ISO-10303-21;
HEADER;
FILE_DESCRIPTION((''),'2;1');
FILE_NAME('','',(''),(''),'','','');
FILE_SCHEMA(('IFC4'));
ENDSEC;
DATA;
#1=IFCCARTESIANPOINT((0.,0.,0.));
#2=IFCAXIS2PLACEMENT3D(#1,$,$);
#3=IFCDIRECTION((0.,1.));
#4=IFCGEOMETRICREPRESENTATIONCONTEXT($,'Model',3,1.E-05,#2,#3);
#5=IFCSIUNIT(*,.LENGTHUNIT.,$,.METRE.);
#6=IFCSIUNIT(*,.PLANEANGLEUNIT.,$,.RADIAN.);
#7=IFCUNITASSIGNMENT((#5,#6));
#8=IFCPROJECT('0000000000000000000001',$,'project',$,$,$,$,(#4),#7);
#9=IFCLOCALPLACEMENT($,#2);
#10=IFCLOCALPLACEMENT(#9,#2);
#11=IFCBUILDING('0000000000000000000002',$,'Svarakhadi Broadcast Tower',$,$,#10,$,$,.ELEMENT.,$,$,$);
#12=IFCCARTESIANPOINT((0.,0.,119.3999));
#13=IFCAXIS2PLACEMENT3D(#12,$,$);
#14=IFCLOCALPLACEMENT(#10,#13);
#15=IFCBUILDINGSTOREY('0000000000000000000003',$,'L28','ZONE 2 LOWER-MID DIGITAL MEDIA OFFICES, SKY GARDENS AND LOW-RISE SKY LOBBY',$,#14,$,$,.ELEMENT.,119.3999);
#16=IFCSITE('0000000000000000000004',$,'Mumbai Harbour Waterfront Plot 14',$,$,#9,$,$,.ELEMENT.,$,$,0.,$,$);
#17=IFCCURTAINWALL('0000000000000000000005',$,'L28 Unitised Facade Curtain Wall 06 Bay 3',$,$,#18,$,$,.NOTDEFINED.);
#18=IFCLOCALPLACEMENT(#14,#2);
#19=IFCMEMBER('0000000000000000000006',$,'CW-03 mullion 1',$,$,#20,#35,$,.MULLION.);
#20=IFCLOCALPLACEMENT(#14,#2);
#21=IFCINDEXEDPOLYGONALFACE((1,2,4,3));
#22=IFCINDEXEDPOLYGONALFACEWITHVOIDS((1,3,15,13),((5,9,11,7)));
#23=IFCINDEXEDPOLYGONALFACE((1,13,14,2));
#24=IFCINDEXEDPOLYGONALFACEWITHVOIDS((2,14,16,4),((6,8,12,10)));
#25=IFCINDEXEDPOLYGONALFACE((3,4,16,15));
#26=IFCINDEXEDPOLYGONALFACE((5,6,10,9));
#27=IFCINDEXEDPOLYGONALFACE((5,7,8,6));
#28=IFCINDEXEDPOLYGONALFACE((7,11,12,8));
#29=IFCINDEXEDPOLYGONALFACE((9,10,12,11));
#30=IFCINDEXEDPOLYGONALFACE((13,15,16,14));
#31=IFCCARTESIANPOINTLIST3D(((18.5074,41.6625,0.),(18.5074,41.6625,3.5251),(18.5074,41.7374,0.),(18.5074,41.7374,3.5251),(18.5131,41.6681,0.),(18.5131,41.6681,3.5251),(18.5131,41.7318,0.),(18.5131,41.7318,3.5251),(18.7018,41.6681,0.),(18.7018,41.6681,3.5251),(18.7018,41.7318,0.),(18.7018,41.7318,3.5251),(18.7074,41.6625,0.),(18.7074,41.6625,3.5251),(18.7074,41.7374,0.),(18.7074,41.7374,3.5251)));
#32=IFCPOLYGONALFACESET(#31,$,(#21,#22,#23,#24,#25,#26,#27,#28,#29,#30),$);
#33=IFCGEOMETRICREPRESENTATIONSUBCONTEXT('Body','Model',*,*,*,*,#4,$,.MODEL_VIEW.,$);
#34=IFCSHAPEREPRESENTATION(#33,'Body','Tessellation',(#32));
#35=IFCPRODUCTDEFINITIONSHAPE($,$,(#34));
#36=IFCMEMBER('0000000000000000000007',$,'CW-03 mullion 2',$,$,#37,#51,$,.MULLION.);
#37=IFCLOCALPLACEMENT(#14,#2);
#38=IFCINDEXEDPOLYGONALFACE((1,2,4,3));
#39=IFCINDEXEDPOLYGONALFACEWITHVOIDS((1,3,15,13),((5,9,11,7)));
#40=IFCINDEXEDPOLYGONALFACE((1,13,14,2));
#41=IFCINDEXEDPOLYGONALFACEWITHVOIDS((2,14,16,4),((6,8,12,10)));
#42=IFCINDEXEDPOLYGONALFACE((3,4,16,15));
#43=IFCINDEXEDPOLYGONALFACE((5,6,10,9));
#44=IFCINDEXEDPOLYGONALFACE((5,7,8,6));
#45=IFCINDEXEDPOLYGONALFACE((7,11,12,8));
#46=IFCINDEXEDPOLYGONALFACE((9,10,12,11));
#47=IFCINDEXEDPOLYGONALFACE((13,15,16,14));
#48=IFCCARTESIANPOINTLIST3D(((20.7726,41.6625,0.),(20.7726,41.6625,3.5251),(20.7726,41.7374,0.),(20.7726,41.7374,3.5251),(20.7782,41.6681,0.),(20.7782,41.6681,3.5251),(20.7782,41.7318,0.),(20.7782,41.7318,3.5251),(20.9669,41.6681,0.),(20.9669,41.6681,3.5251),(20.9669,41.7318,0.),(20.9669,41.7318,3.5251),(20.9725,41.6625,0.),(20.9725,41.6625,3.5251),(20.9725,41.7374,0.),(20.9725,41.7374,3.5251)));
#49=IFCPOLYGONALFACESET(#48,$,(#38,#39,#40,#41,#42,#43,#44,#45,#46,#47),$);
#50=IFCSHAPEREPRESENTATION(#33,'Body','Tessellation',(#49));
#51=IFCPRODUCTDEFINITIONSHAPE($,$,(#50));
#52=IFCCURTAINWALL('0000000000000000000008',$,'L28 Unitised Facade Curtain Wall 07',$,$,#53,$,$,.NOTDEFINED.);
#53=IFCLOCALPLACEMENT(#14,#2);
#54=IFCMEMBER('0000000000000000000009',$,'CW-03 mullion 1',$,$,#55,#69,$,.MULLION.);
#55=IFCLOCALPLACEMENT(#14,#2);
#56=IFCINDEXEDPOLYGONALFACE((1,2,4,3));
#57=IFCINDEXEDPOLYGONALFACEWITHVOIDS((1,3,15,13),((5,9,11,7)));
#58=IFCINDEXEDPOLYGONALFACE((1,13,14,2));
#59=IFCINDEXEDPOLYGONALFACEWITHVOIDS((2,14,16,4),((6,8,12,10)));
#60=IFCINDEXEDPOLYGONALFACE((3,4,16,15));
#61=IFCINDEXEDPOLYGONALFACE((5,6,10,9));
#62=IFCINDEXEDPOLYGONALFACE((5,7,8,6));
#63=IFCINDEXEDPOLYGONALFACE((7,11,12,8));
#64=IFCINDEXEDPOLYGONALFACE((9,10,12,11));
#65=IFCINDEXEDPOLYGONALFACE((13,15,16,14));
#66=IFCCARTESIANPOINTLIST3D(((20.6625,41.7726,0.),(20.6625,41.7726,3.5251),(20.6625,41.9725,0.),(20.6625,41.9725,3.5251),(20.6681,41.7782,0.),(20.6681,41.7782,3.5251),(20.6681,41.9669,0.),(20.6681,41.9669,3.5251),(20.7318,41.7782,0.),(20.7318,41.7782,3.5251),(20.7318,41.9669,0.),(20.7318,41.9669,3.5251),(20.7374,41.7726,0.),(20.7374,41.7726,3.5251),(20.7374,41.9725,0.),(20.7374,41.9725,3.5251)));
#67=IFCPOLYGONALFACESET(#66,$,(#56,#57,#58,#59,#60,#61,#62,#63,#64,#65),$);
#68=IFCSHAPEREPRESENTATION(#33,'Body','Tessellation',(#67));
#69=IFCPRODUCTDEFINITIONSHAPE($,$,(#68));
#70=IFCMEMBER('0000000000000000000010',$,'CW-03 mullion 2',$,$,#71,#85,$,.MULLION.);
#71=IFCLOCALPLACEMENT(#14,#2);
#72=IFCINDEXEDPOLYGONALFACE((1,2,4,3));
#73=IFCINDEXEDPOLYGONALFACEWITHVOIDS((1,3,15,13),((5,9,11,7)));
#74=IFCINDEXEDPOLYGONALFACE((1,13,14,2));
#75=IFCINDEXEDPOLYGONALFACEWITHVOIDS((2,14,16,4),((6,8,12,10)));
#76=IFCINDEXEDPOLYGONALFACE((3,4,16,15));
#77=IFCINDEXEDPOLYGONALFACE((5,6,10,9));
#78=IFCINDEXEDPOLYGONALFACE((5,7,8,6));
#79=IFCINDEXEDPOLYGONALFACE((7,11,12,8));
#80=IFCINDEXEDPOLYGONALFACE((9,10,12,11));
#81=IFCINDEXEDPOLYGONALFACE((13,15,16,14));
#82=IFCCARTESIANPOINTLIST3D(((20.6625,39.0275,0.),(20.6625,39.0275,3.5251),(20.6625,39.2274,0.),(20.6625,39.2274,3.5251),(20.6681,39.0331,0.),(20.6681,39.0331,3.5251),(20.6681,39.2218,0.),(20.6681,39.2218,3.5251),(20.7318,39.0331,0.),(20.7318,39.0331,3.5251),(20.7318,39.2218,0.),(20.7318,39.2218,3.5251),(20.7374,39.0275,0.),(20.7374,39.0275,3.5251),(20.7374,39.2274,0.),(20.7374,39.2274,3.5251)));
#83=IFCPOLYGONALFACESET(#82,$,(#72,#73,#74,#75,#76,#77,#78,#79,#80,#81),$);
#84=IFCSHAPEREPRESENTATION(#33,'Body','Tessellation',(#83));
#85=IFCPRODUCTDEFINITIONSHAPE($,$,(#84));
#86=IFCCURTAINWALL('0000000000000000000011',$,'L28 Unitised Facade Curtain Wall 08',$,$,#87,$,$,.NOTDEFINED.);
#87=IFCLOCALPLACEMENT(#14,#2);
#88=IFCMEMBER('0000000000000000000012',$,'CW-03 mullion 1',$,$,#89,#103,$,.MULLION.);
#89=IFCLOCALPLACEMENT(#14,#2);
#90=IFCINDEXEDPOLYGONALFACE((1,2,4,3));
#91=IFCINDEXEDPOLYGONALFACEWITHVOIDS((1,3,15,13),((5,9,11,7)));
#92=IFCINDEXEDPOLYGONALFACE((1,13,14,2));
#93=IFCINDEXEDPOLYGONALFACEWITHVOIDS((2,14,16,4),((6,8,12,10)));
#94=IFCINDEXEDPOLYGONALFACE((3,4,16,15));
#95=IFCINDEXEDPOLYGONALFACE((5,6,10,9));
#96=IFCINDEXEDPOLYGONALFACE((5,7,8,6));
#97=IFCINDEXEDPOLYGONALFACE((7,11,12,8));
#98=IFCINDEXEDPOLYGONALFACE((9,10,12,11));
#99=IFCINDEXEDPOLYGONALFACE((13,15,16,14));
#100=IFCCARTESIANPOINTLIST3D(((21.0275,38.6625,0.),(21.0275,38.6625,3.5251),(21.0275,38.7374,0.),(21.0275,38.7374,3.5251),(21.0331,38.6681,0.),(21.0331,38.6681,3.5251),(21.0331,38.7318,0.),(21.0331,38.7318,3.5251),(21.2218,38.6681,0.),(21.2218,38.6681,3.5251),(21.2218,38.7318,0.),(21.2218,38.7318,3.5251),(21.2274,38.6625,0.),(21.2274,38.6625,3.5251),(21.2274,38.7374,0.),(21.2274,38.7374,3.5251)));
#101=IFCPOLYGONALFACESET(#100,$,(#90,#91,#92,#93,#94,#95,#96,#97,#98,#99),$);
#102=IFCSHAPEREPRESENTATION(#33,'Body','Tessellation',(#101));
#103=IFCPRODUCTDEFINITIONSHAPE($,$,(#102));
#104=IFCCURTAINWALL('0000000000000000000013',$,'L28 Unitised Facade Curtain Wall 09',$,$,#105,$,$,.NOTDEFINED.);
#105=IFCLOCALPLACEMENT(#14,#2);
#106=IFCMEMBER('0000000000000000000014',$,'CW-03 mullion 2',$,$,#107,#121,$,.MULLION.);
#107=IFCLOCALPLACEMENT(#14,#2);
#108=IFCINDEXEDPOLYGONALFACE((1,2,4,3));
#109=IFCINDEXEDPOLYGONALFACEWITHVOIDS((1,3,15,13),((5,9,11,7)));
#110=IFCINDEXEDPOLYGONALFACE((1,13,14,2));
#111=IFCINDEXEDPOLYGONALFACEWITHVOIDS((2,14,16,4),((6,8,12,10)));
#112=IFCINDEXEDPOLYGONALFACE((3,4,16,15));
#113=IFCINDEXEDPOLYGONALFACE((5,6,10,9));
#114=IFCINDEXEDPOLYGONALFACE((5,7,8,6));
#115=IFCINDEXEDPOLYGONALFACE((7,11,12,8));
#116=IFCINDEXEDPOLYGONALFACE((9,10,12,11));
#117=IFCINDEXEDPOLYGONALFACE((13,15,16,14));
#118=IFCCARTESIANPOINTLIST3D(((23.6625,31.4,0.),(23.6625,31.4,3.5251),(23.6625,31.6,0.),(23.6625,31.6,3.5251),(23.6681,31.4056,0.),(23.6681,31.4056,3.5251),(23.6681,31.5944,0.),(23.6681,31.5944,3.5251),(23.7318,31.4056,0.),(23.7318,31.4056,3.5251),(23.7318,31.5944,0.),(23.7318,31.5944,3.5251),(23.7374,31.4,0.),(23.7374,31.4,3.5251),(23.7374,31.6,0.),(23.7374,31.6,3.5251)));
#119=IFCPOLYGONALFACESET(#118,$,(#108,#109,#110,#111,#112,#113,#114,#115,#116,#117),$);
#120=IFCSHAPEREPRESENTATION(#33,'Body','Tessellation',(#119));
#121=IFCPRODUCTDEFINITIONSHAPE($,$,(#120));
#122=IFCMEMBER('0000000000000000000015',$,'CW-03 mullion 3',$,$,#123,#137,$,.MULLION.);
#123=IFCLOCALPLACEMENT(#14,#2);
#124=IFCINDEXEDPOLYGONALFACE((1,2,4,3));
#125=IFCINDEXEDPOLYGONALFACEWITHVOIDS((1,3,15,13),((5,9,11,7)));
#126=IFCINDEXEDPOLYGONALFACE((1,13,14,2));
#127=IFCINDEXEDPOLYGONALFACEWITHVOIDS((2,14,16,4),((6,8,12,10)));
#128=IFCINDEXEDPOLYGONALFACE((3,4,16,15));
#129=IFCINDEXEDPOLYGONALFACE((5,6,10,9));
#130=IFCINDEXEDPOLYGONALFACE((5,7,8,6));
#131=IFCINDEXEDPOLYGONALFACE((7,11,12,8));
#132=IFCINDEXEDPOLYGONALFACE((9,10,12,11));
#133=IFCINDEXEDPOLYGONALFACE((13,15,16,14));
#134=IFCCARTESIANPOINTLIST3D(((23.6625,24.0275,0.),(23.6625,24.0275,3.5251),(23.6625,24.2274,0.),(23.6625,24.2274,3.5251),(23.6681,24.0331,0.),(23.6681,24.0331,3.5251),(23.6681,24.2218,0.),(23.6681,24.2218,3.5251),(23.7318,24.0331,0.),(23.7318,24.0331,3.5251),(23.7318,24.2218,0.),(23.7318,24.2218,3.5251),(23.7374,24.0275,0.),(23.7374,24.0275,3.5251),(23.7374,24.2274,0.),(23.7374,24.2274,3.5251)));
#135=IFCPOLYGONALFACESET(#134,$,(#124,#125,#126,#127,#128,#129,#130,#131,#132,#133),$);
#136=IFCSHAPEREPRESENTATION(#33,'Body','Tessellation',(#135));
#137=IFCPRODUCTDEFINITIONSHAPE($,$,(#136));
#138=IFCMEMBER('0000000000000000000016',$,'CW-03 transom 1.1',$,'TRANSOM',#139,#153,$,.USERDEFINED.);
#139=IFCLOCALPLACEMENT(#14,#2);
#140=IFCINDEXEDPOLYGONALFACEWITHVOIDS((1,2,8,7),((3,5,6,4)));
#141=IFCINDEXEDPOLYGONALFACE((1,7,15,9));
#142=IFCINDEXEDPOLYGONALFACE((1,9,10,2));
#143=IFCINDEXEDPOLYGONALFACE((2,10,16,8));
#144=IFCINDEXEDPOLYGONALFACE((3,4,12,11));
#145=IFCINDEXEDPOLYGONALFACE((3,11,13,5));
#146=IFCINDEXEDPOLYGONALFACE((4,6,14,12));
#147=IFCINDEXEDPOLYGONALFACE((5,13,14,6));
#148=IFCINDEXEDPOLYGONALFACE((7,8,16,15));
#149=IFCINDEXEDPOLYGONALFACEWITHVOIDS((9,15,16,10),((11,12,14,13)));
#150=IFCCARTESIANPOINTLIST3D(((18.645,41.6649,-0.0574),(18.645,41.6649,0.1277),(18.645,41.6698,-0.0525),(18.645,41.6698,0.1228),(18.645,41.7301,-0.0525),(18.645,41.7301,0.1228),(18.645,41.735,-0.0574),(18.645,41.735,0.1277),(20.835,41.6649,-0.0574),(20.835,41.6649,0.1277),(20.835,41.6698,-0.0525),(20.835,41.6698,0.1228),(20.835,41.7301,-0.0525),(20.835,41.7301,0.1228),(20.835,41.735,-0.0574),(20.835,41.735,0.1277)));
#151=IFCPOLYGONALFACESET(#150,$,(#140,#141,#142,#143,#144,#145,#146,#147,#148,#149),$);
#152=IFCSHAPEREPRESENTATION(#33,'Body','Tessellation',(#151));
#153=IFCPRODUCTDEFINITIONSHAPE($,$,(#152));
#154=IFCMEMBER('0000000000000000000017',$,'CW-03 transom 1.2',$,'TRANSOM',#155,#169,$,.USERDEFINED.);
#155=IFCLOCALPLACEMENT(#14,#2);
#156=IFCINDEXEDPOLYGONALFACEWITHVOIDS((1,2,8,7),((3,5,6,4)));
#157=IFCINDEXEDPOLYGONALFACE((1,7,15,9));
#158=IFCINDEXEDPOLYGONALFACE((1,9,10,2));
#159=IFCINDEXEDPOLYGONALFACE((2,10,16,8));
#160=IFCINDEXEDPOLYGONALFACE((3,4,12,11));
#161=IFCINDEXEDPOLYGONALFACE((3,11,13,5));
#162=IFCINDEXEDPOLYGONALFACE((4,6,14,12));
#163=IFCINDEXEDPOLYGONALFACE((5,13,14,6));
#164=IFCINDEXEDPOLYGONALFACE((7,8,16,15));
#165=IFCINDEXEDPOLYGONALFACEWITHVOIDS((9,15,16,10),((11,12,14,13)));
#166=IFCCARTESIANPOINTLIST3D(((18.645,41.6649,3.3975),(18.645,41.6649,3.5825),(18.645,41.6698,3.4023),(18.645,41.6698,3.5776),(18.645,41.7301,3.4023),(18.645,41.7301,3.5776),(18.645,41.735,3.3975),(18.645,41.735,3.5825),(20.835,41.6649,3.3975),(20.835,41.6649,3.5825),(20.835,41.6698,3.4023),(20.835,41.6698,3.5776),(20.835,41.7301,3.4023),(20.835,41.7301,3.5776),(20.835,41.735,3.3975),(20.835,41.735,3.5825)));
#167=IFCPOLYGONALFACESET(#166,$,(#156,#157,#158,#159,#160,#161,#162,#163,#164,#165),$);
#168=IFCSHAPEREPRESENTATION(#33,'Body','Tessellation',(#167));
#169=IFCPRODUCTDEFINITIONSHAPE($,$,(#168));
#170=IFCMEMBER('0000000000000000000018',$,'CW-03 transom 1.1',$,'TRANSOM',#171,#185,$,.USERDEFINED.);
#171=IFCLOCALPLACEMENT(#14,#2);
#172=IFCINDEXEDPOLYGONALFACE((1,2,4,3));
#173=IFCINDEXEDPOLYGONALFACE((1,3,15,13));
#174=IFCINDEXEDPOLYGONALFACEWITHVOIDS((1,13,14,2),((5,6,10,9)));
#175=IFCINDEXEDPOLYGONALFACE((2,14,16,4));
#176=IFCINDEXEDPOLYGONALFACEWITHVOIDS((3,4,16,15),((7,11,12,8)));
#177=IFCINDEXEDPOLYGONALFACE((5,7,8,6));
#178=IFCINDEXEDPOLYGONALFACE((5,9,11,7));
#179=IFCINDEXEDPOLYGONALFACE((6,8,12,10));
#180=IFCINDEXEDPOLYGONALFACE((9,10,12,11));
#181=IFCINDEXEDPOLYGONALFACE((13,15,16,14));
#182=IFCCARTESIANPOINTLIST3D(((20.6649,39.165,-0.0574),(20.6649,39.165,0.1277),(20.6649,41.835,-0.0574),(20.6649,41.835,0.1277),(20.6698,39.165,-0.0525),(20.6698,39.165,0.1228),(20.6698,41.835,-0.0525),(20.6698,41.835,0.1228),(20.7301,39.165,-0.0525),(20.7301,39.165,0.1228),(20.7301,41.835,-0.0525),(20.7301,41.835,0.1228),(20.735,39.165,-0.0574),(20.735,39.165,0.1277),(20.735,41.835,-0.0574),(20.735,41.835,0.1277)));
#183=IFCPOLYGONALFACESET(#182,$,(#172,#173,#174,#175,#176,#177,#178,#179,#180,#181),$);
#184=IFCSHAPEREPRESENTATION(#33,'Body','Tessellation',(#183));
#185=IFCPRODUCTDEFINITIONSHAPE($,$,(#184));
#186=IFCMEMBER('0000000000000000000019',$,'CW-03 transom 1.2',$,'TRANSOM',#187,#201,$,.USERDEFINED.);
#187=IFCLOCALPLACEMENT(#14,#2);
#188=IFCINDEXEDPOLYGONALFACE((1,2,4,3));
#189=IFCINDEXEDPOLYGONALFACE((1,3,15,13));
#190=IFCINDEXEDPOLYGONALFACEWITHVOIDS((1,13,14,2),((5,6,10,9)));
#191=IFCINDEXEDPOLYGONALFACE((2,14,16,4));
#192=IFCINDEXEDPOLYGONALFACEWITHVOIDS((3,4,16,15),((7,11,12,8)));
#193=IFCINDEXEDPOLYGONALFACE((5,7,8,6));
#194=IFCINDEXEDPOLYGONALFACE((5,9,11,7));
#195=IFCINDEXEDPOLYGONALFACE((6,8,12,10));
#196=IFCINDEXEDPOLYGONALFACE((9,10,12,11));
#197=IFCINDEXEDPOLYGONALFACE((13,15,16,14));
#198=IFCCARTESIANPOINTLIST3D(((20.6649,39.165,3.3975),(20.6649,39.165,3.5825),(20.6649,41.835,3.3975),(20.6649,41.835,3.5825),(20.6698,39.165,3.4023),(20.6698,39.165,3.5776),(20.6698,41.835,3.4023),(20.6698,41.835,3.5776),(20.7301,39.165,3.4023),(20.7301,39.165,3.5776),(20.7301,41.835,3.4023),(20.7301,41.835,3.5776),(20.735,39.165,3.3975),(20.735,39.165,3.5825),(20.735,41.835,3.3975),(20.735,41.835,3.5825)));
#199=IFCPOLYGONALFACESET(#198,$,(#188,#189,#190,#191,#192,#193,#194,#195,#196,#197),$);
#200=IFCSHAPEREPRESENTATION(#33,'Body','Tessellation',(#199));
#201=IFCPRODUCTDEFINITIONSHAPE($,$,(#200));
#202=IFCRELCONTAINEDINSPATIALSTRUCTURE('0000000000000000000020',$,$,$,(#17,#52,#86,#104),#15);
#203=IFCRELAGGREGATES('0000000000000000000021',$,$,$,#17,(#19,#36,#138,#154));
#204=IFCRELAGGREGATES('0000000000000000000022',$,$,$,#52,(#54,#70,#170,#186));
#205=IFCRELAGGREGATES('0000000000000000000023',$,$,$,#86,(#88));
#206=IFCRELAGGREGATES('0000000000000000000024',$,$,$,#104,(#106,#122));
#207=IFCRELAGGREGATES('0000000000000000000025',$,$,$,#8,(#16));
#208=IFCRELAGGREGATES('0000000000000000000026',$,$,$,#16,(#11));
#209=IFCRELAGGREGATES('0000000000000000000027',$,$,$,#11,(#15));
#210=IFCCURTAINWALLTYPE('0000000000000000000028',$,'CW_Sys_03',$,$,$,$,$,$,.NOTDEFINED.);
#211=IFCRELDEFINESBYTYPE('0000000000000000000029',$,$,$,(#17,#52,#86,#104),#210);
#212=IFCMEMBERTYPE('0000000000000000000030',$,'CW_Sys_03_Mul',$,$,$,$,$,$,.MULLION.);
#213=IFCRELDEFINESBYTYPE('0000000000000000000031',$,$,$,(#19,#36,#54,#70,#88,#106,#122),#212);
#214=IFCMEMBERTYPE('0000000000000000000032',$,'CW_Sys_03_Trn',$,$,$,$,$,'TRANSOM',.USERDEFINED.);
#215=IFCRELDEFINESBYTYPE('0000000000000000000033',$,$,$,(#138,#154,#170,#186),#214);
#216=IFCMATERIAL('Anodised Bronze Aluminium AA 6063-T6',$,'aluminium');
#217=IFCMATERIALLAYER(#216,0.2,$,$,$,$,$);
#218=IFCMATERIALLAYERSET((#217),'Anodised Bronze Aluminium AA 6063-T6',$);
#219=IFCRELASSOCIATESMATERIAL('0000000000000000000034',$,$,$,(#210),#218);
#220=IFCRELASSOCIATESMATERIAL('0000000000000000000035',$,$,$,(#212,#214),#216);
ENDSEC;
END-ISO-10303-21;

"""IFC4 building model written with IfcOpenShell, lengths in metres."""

from ifc_helpers import new_model, si_unit, direction, frame, origin, origin_2d, place, context, subcontext, project, spatial, hollow_rectangle, extrude, material, layer, layer_set, material_profile, profile_set, type_object, element, aggregate, save


model = new_model("IFC4")

# Units and contexts
model_context = context("Model", 3, precision=1e-05, world=origin(), true_north=direction((0.0, 1.0)))
body_context = subcontext(model_context, "Body", "Model", "MODEL_VIEW")
ifc_project = project(units=[si_unit("LENGTHUNIT", "METRE"), si_unit("PLANEANGLEUNIT", "RADIAN")], contexts=[model_context])

# Site, building, storey
site_placement = place(None, origin())
site = spatial("IfcSite", under=ifc_project, at=site_placement, Name="Mumbai Harbour Waterfront Plot 14", CompositionType="ELEMENT", RefElevation=0.0)
building_placement = place(site_placement, origin())
building = spatial("IfcBuilding", under=site, at=building_placement, Name="Svarakhadi Broadcast Tower", CompositionType="ELEMENT")
storey_placement = place(building_placement, frame((0.0, 0.0, 119.3999)))
storey = spatial("IfcBuildingStorey", under=building, at=storey_placement, Name="L28", Description="ZONE 2 LOWER-MID DIGITAL MEDIA OFFICES, SKY GARDENS AND LOW-RISE SKY LOBBY", CompositionType="ELEMENT", Elevation=119.3999)

# Curtain walls, members
ifc_material_1 = material(Name="Anodised Bronze Aluminium AA 6063-T6", Category="aluminium")
ifc_layer_1 = layer(ifc_material_1, 0.2)
ifc_layer_set_1 = layer_set([ifc_layer_1], Name="Anodised Bronze Aluminium AA 6063-T6")
curtain_wall_type = type_object("IfcCurtainWallType", Name="CW_Sys_03", PredefinedType="NOTDEFINED", material=ifc_layer_set_1)
curtain_wall_1_placement = place(storey_placement, origin())
curtain_wall_1 = element("IfcCurtainWall", 1, at=curtain_wall_1_placement, inside=storey, type_object=curtain_wall_type, Name="L28 Unitised Facade Curtain Wall 06 Bay 3", PredefinedType="NOTDEFINED")
ifc_material_profile_1 = material_profile(ifc_material_1, hollow_rectangle(XDim=0.075, YDim=0.2, WallThickness=0.0056, at=origin_2d()), Name="ALU MULLION 200x75x6")
ifc_profile_set_1 = profile_set([ifc_material_profile_1], Name="Anodised Bronze Aluminium AA 6063-T6")
member_type_1 = type_object("IfcMemberType", Name="CW_Sys_03_Mul", PredefinedType="MULLION", material=ifc_profile_set_1)
member_1_placement = place(storey_placement, frame((18.6074, 41.7, 0.0), z_axis=(0.0, 0.0, 1.0), x_axis=(0.0, 1.0, 0.0)))
member_1 = element("IfcMember", 2, at=member_1_placement, type_object=member_type_1, Name="CW-03 mullion 1", PredefinedType="MULLION", context=body_context, shape_type="SweptSolid", body=[
    extrude(hollow_rectangle(XDim=0.075, YDim=0.2, WallThickness=0.0056, at=origin_2d()), origin(), (0.0, 0.0, 1.0), 3.5251),
])
member_2_placement = place(storey_placement, frame((20.8726, 41.7, 0.0), z_axis=(0.0, 0.0, 1.0), x_axis=(0.0, 1.0, 0.0)))
member_2 = element("IfcMember", 3, at=member_2_placement, type_object=member_type_1, Name="CW-03 mullion 2", PredefinedType="MULLION", context=body_context, shape_type="SweptSolid", body=[
    extrude(hollow_rectangle(XDim=0.075, YDim=0.2, WallThickness=0.0056, at=origin_2d()), origin(), (0.0, 0.0, 1.0), 3.5251),
])
curtain_wall_2_placement = place(storey_placement, origin())
curtain_wall_2 = element("IfcCurtainWall", 4, at=curtain_wall_2_placement, inside=storey, type_object=curtain_wall_type, Name="L28 Unitised Facade Curtain Wall 07", PredefinedType="NOTDEFINED")
member_3_placement = place(storey_placement, frame((20.7, 41.8726, 0.0), z_axis=(0.0, 0.0, 1.0), x_axis=(1.0, 0.0, 0.0)))
member_3 = element("IfcMember", 5, at=member_3_placement, type_object=member_type_1, Name="CW-03 mullion 1", PredefinedType="MULLION", context=body_context, shape_type="SweptSolid", body=[
    extrude(hollow_rectangle(XDim=0.075, YDim=0.2, WallThickness=0.0056, at=origin_2d()), origin(), (0.0, 0.0, 1.0), 3.5251),
])
member_4_placement = place(storey_placement, frame((20.7, 39.1274, 0.0), z_axis=(0.0, 0.0, 1.0), x_axis=(1.0, 0.0, 0.0)))
member_4 = element("IfcMember", 6, at=member_4_placement, type_object=member_type_1, Name="CW-03 mullion 2", PredefinedType="MULLION", context=body_context, shape_type="SweptSolid", body=[
    extrude(hollow_rectangle(XDim=0.075, YDim=0.2, WallThickness=0.0056, at=origin_2d()), origin(), (0.0, 0.0, 1.0), 3.5251),
])

# Curtain wall, member
curtain_wall_3_placement = place(storey_placement, origin())
curtain_wall_3 = element("IfcCurtainWall", 7, at=curtain_wall_3_placement, inside=storey, type_object=curtain_wall_type, Name="L28 Unitised Facade Curtain Wall 08", PredefinedType="NOTDEFINED")
member_5_placement = place(storey_placement, frame((21.1274, 38.7, 0.0), z_axis=(0.0, 0.0, 1.0), x_axis=(0.0, 1.0, 0.0)))
member_5 = element("IfcMember", 8, at=member_5_placement, type_object=member_type_1, Name="CW-03 mullion 1", PredefinedType="MULLION", context=body_context, shape_type="SweptSolid", body=[
    extrude(hollow_rectangle(XDim=0.075, YDim=0.2, WallThickness=0.0056, at=origin_2d()), origin(), (0.0, 0.0, 1.0), 3.5251),
])

# Curtain wall, members
curtain_wall_4_placement = place(storey_placement, origin())
curtain_wall_4 = element("IfcCurtainWall", 9, at=curtain_wall_4_placement, inside=storey, type_object=curtain_wall_type, Name="L28 Unitised Facade Curtain Wall 09", PredefinedType="NOTDEFINED")
member_6_placement = place(storey_placement, frame((23.7, 31.5, 0.0), z_axis=(0.0, 0.0, 1.0), x_axis=(1.0, 0.0, 0.0)))
member_6 = element("IfcMember", 10, at=member_6_placement, type_object=member_type_1, Name="CW-03 mullion 2", PredefinedType="MULLION", context=body_context, shape_type="SweptSolid", body=[
    extrude(hollow_rectangle(XDim=0.075, YDim=0.2, WallThickness=0.0056, at=origin_2d()), origin(), (0.0, 0.0, 1.0), 3.5251),
])
member_7_placement = place(storey_placement, frame((23.7, 24.1274, 0.0), z_axis=(0.0, 0.0, 1.0), x_axis=(1.0, 0.0, 0.0)))
member_7 = element("IfcMember", 11, at=member_7_placement, type_object=member_type_1, Name="CW-03 mullion 3", PredefinedType="MULLION", context=body_context, shape_type="SweptSolid", body=[
    extrude(hollow_rectangle(XDim=0.075, YDim=0.2, WallThickness=0.0056, at=origin_2d()), origin(), (0.0, 0.0, 1.0), 3.5251),
])

# Members
ifc_material_profile_2 = material_profile(ifc_material_1, hollow_rectangle(XDim=0.0701, YDim=0.1851, WallThickness=0.0049, at=origin_2d()), Name="ALU TRANSOM 185x70x5")
ifc_profile_set_2 = profile_set([ifc_material_profile_2], Name="Anodised Bronze Aluminium AA 6063-T6")
member_type_2 = type_object("IfcMemberType", Name="CW_Sys_03_Trn", ElementType="TRANSOM", PredefinedType="USERDEFINED", material=ifc_profile_set_2)
member_8_placement = place(storey_placement, frame((18.645, 41.7, 0.0352), z_axis=(1.0, 0.0, 0.0), x_axis=(0.0, 1.0, 0.0)))
member_8 = element("IfcMember", 12, at=member_8_placement, type_object=member_type_2, Name="CW-03 transom 1.1", ObjectType="TRANSOM", PredefinedType="USERDEFINED", context=body_context, shape_type="SweptSolid", body=[
    extrude(hollow_rectangle(XDim=0.0701, YDim=0.1851, WallThickness=0.0049, at=origin_2d()), origin(), (0.0, 0.0, 1.0), 2.1899),
])
member_9_placement = place(storey_placement, frame((18.645, 41.7, 3.49), z_axis=(1.0, 0.0, 0.0), x_axis=(0.0, 1.0, 0.0)))
member_9 = element("IfcMember", 13, at=member_9_placement, type_object=member_type_2, Name="CW-03 transom 1.2", ObjectType="TRANSOM", PredefinedType="USERDEFINED", context=body_context, shape_type="SweptSolid", body=[
    extrude(hollow_rectangle(XDim=0.0701, YDim=0.1851, WallThickness=0.0049, at=origin_2d()), origin(), (0.0, 0.0, 1.0), 2.1899),
])
member_10_placement = place(storey_placement, frame((20.7, 41.835, 0.0352), z_axis=(0.0, -1.0, 0.0), x_axis=(1.0, 0.0, 0.0)))
member_10 = element("IfcMember", 14, at=member_10_placement, type_object=member_type_2, Name="CW-03 transom 1.1", ObjectType="TRANSOM", PredefinedType="USERDEFINED", context=body_context, shape_type="SweptSolid", body=[
    extrude(hollow_rectangle(XDim=0.0701, YDim=0.1851, WallThickness=0.0049, at=origin_2d()), origin(), (0.0, 0.0, 1.0), 2.6699),
])
member_11_placement = place(storey_placement, frame((20.7, 41.835, 3.49), z_axis=(0.0, -1.0, 0.0), x_axis=(1.0, 0.0, 0.0)))
member_11 = element("IfcMember", 15, at=member_11_placement, type_object=member_type_2, Name="CW-03 transom 1.2", ObjectType="TRANSOM", PredefinedType="USERDEFINED", context=body_context, shape_type="SweptSolid", body=[
    extrude(hollow_rectangle(XDim=0.0701, YDim=0.1851, WallThickness=0.0049, at=origin_2d()), origin(), (0.0, 0.0, 1.0), 2.6699),
])

aggregate(curtain_wall_1, [member_1, member_2, member_8, member_9])
aggregate(curtain_wall_2, [member_3, member_4, member_10, member_11])
aggregate(curtain_wall_3, [member_5])
aggregate(curtain_wall_4, [member_6, member_7])

save(model, "model.ifc")
